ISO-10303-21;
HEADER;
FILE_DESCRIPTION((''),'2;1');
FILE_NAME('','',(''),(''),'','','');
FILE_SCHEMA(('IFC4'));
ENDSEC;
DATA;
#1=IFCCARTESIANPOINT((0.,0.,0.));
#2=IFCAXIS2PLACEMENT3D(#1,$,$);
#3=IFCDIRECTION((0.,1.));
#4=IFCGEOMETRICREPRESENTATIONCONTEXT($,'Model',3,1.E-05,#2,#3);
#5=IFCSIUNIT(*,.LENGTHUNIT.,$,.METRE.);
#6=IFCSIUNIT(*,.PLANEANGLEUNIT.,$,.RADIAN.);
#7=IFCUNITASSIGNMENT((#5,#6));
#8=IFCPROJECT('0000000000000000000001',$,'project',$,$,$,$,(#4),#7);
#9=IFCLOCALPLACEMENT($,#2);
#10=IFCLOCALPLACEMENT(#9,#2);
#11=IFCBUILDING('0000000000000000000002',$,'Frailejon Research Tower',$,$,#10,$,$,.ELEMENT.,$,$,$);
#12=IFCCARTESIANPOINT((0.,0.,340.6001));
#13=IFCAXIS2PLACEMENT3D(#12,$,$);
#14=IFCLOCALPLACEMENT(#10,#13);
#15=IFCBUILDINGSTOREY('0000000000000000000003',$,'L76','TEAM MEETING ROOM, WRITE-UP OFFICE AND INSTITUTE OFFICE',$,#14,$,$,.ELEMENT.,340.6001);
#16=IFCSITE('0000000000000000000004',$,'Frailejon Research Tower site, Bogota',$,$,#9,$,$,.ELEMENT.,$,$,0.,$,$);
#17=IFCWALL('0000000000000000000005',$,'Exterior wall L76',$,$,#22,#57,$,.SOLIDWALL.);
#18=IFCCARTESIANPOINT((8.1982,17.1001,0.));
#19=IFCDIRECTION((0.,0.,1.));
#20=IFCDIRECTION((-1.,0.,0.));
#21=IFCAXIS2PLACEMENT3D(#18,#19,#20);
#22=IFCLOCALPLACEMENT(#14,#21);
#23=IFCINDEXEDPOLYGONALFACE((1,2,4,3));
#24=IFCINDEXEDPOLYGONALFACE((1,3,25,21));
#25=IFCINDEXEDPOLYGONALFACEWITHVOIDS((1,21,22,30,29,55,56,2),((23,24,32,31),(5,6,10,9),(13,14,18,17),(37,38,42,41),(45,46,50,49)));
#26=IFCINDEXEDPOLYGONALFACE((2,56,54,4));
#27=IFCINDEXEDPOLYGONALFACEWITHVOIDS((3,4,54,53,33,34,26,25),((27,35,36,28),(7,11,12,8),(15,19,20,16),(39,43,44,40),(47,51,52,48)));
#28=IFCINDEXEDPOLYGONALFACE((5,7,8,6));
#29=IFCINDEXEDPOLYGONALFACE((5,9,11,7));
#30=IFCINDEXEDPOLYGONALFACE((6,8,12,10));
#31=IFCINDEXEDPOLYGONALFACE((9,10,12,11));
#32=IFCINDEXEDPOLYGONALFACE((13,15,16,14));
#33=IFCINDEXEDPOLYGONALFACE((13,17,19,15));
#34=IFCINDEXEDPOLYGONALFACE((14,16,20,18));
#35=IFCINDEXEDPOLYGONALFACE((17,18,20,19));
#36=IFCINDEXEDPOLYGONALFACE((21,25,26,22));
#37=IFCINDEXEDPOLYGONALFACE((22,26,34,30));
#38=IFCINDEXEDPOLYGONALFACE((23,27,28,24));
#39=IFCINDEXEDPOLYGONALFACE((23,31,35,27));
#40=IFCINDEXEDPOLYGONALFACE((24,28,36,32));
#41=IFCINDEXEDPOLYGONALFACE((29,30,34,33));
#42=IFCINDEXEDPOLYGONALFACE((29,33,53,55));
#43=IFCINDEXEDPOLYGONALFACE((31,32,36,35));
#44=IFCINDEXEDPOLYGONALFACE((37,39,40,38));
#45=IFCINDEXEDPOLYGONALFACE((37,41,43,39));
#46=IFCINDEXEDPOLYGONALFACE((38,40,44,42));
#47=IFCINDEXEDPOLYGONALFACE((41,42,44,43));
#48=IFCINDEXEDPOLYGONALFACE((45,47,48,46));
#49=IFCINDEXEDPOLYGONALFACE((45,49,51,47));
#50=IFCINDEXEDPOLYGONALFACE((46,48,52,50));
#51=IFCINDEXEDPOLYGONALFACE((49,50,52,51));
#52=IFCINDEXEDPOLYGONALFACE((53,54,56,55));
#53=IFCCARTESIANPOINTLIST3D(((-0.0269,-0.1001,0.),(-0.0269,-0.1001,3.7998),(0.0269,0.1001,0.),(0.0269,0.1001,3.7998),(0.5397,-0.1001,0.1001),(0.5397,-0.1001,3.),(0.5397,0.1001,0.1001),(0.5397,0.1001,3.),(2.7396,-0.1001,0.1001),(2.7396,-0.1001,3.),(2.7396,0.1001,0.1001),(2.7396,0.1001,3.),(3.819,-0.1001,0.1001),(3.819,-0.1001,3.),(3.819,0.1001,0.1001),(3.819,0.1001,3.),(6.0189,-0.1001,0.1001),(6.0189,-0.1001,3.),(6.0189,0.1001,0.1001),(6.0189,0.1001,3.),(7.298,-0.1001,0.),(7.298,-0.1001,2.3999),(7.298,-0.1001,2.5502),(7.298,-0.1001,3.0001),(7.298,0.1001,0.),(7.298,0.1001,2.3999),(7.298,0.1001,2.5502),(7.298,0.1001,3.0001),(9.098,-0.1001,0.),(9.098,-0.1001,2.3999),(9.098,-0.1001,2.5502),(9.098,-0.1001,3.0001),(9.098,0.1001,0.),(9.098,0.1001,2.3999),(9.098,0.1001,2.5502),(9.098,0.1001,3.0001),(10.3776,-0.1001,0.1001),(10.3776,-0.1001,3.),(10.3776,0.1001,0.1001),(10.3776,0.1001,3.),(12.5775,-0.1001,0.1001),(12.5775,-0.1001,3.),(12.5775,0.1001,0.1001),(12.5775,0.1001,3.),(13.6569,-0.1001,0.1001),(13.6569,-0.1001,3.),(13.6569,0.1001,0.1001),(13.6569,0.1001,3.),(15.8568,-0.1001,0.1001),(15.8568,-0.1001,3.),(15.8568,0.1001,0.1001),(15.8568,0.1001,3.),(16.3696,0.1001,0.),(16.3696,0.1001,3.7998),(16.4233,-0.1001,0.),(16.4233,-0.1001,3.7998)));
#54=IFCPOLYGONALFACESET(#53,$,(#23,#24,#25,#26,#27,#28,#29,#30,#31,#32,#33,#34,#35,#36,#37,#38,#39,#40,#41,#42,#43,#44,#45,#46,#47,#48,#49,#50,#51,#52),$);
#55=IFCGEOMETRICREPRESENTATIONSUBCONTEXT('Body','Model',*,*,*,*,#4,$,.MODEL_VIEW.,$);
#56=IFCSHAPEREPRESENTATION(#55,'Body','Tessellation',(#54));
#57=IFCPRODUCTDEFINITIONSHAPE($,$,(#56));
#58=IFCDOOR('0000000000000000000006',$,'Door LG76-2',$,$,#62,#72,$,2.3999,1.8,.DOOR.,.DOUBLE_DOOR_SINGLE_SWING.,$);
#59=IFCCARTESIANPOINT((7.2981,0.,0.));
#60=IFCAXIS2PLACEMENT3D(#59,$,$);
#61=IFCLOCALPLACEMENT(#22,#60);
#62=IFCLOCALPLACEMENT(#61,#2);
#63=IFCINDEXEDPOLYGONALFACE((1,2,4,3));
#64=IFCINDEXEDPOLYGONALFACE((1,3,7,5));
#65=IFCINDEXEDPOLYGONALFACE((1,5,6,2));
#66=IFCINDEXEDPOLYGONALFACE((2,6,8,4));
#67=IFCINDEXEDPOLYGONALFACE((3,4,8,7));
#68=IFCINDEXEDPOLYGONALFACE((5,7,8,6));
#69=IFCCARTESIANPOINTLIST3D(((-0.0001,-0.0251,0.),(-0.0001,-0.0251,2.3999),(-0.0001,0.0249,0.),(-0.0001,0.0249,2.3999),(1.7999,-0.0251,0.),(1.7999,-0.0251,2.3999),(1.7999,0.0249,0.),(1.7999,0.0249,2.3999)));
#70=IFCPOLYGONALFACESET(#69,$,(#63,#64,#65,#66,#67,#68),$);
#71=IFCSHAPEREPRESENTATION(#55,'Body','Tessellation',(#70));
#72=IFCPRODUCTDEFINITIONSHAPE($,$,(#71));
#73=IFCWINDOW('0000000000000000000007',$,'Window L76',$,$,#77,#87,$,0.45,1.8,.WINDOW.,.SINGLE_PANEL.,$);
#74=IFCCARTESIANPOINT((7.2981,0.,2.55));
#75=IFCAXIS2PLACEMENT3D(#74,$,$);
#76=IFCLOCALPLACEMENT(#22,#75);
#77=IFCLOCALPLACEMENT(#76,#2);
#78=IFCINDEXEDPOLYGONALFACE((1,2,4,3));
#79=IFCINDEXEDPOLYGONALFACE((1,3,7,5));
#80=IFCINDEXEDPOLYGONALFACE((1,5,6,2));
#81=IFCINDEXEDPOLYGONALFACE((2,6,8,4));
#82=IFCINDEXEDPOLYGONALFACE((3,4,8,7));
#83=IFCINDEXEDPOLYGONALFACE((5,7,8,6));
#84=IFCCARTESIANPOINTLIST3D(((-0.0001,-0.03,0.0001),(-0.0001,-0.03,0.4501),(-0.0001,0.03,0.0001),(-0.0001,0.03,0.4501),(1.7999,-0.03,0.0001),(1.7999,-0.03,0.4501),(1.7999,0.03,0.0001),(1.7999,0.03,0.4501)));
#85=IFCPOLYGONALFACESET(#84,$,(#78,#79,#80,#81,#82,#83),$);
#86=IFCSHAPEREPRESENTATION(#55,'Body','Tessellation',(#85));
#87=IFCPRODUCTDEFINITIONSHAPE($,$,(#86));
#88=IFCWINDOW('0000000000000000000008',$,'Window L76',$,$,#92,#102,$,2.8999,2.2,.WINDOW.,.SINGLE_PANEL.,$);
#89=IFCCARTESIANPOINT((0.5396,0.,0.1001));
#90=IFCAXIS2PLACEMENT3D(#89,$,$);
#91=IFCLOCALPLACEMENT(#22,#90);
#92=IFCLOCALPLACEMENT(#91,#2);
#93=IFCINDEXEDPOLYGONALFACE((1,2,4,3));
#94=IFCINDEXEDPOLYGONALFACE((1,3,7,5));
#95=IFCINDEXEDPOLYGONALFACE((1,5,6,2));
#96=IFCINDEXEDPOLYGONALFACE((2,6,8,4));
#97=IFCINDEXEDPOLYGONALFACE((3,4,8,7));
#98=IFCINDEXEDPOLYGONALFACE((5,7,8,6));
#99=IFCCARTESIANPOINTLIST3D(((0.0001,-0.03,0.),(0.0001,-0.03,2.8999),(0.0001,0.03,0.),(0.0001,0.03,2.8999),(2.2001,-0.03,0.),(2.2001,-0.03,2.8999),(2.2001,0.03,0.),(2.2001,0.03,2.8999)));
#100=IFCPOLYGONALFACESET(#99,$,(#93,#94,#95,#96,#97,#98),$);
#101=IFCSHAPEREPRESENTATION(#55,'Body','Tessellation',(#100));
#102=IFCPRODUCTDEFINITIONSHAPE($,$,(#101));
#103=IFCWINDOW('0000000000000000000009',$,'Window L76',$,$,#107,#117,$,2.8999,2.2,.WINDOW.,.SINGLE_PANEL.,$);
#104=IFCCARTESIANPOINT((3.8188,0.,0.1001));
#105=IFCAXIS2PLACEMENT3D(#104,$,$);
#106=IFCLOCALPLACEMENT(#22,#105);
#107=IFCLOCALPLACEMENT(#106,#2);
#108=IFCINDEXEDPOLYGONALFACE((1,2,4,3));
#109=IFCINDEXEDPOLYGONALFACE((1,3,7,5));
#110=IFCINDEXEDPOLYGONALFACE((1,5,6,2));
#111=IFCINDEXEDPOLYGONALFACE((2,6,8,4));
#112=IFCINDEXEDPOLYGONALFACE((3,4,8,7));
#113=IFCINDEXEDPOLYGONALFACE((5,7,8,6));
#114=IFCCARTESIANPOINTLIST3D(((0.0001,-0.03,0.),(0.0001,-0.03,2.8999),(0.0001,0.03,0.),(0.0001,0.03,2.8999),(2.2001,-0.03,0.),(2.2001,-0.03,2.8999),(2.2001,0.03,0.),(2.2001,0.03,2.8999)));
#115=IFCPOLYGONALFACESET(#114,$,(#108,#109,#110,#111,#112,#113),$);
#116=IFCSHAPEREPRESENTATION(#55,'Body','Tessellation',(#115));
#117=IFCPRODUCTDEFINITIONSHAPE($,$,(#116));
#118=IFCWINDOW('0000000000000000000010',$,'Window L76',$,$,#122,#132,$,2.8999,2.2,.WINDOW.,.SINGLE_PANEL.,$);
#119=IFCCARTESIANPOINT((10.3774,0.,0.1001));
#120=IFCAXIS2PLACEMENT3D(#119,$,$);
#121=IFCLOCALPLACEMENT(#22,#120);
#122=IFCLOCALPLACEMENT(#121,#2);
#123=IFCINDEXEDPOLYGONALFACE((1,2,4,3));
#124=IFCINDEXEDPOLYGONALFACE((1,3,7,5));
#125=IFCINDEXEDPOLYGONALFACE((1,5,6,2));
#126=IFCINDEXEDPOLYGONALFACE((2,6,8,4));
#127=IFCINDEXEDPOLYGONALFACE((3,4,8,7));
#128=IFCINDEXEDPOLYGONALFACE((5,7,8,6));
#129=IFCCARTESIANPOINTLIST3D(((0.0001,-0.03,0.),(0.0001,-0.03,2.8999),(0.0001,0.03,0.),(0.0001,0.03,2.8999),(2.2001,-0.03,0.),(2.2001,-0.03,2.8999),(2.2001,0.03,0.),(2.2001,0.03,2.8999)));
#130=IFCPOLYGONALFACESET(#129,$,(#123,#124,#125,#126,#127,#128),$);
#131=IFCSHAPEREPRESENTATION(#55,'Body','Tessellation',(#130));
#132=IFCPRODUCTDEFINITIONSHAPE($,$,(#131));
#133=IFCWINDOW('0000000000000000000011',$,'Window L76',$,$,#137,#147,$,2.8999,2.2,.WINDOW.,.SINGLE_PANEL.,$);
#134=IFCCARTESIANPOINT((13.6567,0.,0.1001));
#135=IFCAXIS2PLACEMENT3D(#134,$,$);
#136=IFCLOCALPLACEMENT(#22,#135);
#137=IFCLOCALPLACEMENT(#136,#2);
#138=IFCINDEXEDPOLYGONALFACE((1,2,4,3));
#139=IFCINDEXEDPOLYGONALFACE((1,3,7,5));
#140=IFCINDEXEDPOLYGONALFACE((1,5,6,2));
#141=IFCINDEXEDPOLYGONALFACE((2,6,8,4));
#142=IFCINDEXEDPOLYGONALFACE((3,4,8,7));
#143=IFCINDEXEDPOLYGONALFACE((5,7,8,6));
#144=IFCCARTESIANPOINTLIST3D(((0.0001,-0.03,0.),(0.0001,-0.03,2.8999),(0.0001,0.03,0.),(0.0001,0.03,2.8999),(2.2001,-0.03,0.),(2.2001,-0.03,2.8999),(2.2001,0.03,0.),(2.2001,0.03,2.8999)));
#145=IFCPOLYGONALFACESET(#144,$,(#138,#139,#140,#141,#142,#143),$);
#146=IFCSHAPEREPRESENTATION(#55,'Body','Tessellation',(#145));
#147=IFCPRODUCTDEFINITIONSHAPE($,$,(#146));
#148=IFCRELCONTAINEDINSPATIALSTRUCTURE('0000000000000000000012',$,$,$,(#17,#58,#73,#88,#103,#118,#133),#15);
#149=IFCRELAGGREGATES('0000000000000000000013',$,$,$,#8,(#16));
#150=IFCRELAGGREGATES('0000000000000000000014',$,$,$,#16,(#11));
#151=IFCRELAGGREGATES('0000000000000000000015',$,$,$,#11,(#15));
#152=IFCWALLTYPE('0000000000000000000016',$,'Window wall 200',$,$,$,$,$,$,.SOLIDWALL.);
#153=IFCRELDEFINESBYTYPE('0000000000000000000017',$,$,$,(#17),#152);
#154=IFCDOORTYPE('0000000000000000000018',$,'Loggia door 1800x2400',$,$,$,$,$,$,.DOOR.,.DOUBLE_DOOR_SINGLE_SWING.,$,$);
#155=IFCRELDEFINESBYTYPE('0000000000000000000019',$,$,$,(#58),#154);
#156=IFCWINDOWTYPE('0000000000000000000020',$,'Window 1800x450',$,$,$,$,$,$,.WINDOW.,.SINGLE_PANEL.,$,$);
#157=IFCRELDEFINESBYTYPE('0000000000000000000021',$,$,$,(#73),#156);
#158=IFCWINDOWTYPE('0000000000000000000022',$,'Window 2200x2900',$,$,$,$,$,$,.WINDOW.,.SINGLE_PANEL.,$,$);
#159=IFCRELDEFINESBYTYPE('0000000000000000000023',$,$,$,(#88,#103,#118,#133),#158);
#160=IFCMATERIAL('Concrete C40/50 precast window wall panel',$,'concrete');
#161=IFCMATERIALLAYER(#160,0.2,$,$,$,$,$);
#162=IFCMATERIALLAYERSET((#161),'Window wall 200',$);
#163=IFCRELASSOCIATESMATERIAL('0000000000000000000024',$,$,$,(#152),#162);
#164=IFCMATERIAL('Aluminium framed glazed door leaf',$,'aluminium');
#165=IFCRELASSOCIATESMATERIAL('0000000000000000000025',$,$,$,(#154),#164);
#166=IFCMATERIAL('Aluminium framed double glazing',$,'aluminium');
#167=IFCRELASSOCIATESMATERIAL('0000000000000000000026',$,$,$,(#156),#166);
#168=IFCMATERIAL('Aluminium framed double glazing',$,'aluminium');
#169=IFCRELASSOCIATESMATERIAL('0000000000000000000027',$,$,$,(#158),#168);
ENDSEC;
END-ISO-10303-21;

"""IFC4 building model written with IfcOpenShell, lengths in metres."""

from ifc_helpers import new_model, si_unit, direction, frame, frame_2d, origin, place, context, subcontext, project, spatial, polyline, rectangle, outline, extrude, material, layer, layer_set, type_object, element, fill, save


model = new_model("IFC4")

# Units and contexts
model_context = context("Model", 3, precision=1e-05, world=origin(), true_north=direction((0.0, 1.0)))
body_context = subcontext(model_context, "Body", "Model", "MODEL_VIEW")
ifc_project = project(units=[si_unit("LENGTHUNIT", "METRE"), si_unit("PLANEANGLEUNIT", "RADIAN")], contexts=[model_context])

# Site, building, storey
site_placement = place(None, origin())
site = spatial("IfcSite", under=ifc_project, at=site_placement, Name="Frailejon Research Tower site, Bogota", CompositionType="ELEMENT", RefElevation=0.0)
building_placement = place(site_placement, origin())
building = spatial("IfcBuilding", under=site, at=building_placement, Name="Frailejon Research Tower", CompositionType="ELEMENT")
storey_placement = place(building_placement, frame((0.0, 0.0, 340.6001)))
storey = spatial("IfcBuildingStorey", under=building, at=storey_placement, Name="L76", Description="TEAM MEETING ROOM, WRITE-UP OFFICE AND INSTITUTE OFFICE", CompositionType="ELEMENT", Elevation=340.6001)

# Wall, openings, door, windows
ifc_material_1 = material(Name="Concrete C40/50 precast window wall panel", Category="concrete")
ifc_layer_1 = layer(ifc_material_1, 0.2)
ifc_layer_set_1 = layer_set([ifc_layer_1], Name="Window wall 200")
wall_type_1 = type_object("IfcWallType", Name="Window wall 200", PredefinedType="SOLIDWALL", material=ifc_layer_set_1)
wall_1_placement = place(storey_placement, frame((8.1982, 17.1001, 0.0), z_axis=(0.0, 0.0, 1.0), x_axis=(-1.0, 0.0, 0.0)))
wall_1 = element("IfcWall", 1, at=wall_1_placement, inside=storey, type_object=wall_type_1, Name="Exterior wall L76", PredefinedType="SOLIDWALL", context=body_context, shape_type="SweptSolid", body=[
    extrude(outline(polyline([(-0.0269, -0.1001), (1.0012, -0.1001), (2.0293, -0.1001), (3.0576, -0.1001), (4.0857, -0.1001), (5.1138, -0.1001), (6.1421, -0.1001), (7.1702, -0.1001), (8.1982, -0.1001), (9.2263, -0.1001), (10.2544, -0.1001), (11.2827, -0.1001), (12.3108, -0.1001), (13.3389, -0.1001), (14.3672, -0.1001), (15.3953, -0.1001), (16.4233, -0.1001), (16.3696, 0.1001), (15.3481, 0.1001), (14.3267, 0.1001), (13.3054, 0.1001), (12.2839, 0.1001), (11.2625, 0.1001), (10.2412, 0.1001), (9.2197, 0.1001), (8.1982, 0.1001), (7.1768, 0.1001), (6.1553, 0.1001), (5.134, 0.1001), (4.1125, 0.1001), (3.0911, 0.1001), (2.0698, 0.1001), (1.0483, 0.1001), (0.0269, 0.1001), (-0.0269, -0.1001)])), origin(), (0.0, 0.0, 1.0), 3.7998),
])
opening_1_placement = place(wall_1_placement, frame((0.5396, 0.0, 0.1001)))
opening_1 = element("IfcOpeningElement", 2, at=opening_1_placement, cuts=wall_1, PredefinedType="OPENING", context=body_context, shape_type="SweptSolid", body=[
    extrude(rectangle(XDim=2.2, YDim=2.8999, at=frame_2d((1.1001, 1.45))), frame((0.0, 0.1099, 0.0), z_axis=(0.0, -1.0, 0.0), x_axis=(1.0, 0.0, 0.0)), (0.0, 0.0, 1.0), 0.22),
])
opening_2_placement = place(wall_1_placement, frame((3.8188, 0.0, 0.1001)))
opening_2 = element("IfcOpeningElement", 3, at=opening_2_placement, cuts=wall_1, PredefinedType="OPENING", context=body_context, shape_type="SweptSolid", body=[
    extrude(rectangle(XDim=2.2, YDim=2.8999, at=frame_2d((1.1001, 1.45))), frame((0.0, 0.1099, 0.0), z_axis=(0.0, -1.0, 0.0), x_axis=(1.0, 0.0, 0.0)), (0.0, 0.0, 1.0), 0.22),
])
opening_3_placement = place(wall_1_placement, frame((7.2981, 0.0, 0.0)))
opening_3 = element("IfcOpeningElement", 4, at=opening_3_placement, cuts=wall_1, PredefinedType="OPENING", context=body_context, shape_type="SweptSolid", body=[
    extrude(rectangle(XDim=1.8, YDim=2.3999, at=frame_2d((0.8999, 1.2))), frame((0.0, 0.1099, 0.0), z_axis=(0.0, -1.0, 0.0), x_axis=(1.0, 0.0, 0.0)), (0.0, 0.0, 1.0), 0.22),
])
opening_4_placement = place(wall_1_placement, frame((7.2981, 0.0, 2.55)))
opening_4 = element("IfcOpeningElement", 5, at=opening_4_placement, cuts=wall_1, PredefinedType="OPENING", context=body_context, shape_type="SweptSolid", body=[
    extrude(rectangle(XDim=1.8, YDim=0.45, at=frame_2d((0.8999, 0.2251))), frame((0.0, 0.1099, 0.0), z_axis=(0.0, -1.0, 0.0), x_axis=(1.0, 0.0, 0.0)), (0.0, 0.0, 1.0), 0.22),
])
opening_5_placement = place(wall_1_placement, frame((10.3774, 0.0, 0.1001)))
opening_5 = element("IfcOpeningElement", 6, at=opening_5_placement, cuts=wall_1, PredefinedType="OPENING", context=body_context, shape_type="SweptSolid", body=[
    extrude(rectangle(XDim=2.2, YDim=2.8999, at=frame_2d((1.1001, 1.45))), frame((0.0, 0.1099, 0.0), z_axis=(0.0, -1.0, 0.0), x_axis=(1.0, 0.0, 0.0)), (0.0, 0.0, 1.0), 0.22),
])
opening_6_placement = place(wall_1_placement, frame((13.6567, 0.0, 0.1001)))
opening_6 = element("IfcOpeningElement", 7, at=opening_6_placement, cuts=wall_1, PredefinedType="OPENING", context=body_context, shape_type="SweptSolid", body=[
    extrude(rectangle(XDim=2.2, YDim=2.8999, at=frame_2d((1.1001, 1.45))), frame((0.0, 0.1099, 0.0), z_axis=(0.0, -1.0, 0.0), x_axis=(1.0, 0.0, 0.0)), (0.0, 0.0, 1.0), 0.22),
])
ifc_material_2 = material(Name="Aluminium framed glazed door leaf", Category="aluminium")
door_type = type_object("IfcDoorType", Name="Loggia door 1800x2400", OperationType="DOUBLE_DOOR_SINGLE_SWING", PredefinedType="DOOR", material=ifc_material_2)
door_placement = place(opening_3_placement, origin())
door = element("IfcDoor", 8, at=door_placement, inside=storey, type_object=door_type, Name="Door LG76-2", OperationType="DOUBLE_DOOR_SINGLE_SWING", OverallHeight=2.3999, OverallWidth=1.8, PredefinedType="DOOR", context=body_context, shape_type="SweptSolid", body=[
    extrude(rectangle(XDim=1.8, YDim=2.3999, at=frame_2d((0.8999, 1.2))), frame((0.0, 0.0249, 0.0), z_axis=(0.0, -1.0, 0.0), x_axis=(1.0, 0.0, 0.0)), (0.0, 0.0, 1.0), 0.05),
])
fill(opening_3, door)
ifc_material_3 = material(Name="Aluminium framed double glazing", Category="aluminium")
window_type_1 = type_object("IfcWindowType", Name="Window 1800x450", PartitioningType="SINGLE_PANEL", PredefinedType="WINDOW", material=ifc_material_3)
window_1_placement = place(opening_4_placement, origin())
window_1 = element("IfcWindow", 9, at=window_1_placement, inside=storey, type_object=window_type_1, Name="Window L76", OverallHeight=0.45, OverallWidth=1.8, PartitioningType="SINGLE_PANEL", PredefinedType="WINDOW", context=body_context, shape_type="SweptSolid", body=[
    extrude(rectangle(XDim=1.8, YDim=0.45, at=frame_2d((0.8999, 0.2251))), frame((0.0, 0.03, 0.0), z_axis=(0.0, -1.0, 0.0), x_axis=(1.0, 0.0, 0.0)), (0.0, 0.0, 1.0), 0.0601),
])
fill(opening_4, window_1)
ifc_material_4 = material(Name="Aluminium framed double glazing", Category="aluminium")
window_type_2 = type_object("IfcWindowType", Name="Window 2200x2900", PartitioningType="SINGLE_PANEL", PredefinedType="WINDOW", material=ifc_material_4)
window_2_placement = place(opening_1_placement, origin())
window_2 = element("IfcWindow", 10, at=window_2_placement, inside=storey, type_object=window_type_2, Name="Window L76", OverallHeight=2.8999, OverallWidth=2.2, PartitioningType="SINGLE_PANEL", PredefinedType="WINDOW", context=body_context, shape_type="SweptSolid", body=[
    extrude(rectangle(XDim=2.2, YDim=2.8999, at=frame_2d((1.1001, 1.45))), frame((0.0, 0.03, 0.0), z_axis=(0.0, -1.0, 0.0), x_axis=(1.0, 0.0, 0.0)), (0.0, 0.0, 1.0), 0.0601),
])
fill(opening_1, window_2)
window_3_placement = place(opening_2_placement, origin())
window_3 = element("IfcWindow", 11, at=window_3_placement, inside=storey, type_object=window_type_2, Name="Window L76", OverallHeight=2.8999, OverallWidth=2.2, PartitioningType="SINGLE_PANEL", PredefinedType="WINDOW", context=body_context, shape_type="SweptSolid", body=[
    extrude(rectangle(XDim=2.2, YDim=2.8999, at=frame_2d((1.1001, 1.45))), frame((0.0, 0.03, 0.0), z_axis=(0.0, -1.0, 0.0), x_axis=(1.0, 0.0, 0.0)), (0.0, 0.0, 1.0), 0.0601),
])
fill(opening_2, window_3)
window_4_placement = place(opening_5_placement, origin())
window_4 = element("IfcWindow", 12, at=window_4_placement, inside=storey, type_object=window_type_2, Name="Window L76", OverallHeight=2.8999, OverallWidth=2.2, PartitioningType="SINGLE_PANEL", PredefinedType="WINDOW", context=body_context, shape_type="SweptSolid", body=[
    extrude(rectangle(XDim=2.2, YDim=2.8999, at=frame_2d((1.1001, 1.45))), frame((0.0, 0.03, 0.0), z_axis=(0.0, -1.0, 0.0), x_axis=(1.0, 0.0, 0.0)), (0.0, 0.0, 1.0), 0.0601),
])
fill(opening_5, window_4)
window_5_placement = place(opening_6_placement, origin())
window_5 = element("IfcWindow", 13, at=window_5_placement, inside=storey, type_object=window_type_2, Name="Window L76", OverallHeight=2.8999, OverallWidth=2.2, PartitioningType="SINGLE_PANEL", PredefinedType="WINDOW", context=body_context, shape_type="SweptSolid", body=[
    extrude(rectangle(XDim=2.2, YDim=2.8999, at=frame_2d((1.1001, 1.45))), frame((0.0, 0.03, 0.0), z_axis=(0.0, -1.0, 0.0), x_axis=(1.0, 0.0, 0.0)), (0.0, 0.0, 1.0), 0.0601),
])
fill(opening_6, window_5)

save(model, "model.ifc")
